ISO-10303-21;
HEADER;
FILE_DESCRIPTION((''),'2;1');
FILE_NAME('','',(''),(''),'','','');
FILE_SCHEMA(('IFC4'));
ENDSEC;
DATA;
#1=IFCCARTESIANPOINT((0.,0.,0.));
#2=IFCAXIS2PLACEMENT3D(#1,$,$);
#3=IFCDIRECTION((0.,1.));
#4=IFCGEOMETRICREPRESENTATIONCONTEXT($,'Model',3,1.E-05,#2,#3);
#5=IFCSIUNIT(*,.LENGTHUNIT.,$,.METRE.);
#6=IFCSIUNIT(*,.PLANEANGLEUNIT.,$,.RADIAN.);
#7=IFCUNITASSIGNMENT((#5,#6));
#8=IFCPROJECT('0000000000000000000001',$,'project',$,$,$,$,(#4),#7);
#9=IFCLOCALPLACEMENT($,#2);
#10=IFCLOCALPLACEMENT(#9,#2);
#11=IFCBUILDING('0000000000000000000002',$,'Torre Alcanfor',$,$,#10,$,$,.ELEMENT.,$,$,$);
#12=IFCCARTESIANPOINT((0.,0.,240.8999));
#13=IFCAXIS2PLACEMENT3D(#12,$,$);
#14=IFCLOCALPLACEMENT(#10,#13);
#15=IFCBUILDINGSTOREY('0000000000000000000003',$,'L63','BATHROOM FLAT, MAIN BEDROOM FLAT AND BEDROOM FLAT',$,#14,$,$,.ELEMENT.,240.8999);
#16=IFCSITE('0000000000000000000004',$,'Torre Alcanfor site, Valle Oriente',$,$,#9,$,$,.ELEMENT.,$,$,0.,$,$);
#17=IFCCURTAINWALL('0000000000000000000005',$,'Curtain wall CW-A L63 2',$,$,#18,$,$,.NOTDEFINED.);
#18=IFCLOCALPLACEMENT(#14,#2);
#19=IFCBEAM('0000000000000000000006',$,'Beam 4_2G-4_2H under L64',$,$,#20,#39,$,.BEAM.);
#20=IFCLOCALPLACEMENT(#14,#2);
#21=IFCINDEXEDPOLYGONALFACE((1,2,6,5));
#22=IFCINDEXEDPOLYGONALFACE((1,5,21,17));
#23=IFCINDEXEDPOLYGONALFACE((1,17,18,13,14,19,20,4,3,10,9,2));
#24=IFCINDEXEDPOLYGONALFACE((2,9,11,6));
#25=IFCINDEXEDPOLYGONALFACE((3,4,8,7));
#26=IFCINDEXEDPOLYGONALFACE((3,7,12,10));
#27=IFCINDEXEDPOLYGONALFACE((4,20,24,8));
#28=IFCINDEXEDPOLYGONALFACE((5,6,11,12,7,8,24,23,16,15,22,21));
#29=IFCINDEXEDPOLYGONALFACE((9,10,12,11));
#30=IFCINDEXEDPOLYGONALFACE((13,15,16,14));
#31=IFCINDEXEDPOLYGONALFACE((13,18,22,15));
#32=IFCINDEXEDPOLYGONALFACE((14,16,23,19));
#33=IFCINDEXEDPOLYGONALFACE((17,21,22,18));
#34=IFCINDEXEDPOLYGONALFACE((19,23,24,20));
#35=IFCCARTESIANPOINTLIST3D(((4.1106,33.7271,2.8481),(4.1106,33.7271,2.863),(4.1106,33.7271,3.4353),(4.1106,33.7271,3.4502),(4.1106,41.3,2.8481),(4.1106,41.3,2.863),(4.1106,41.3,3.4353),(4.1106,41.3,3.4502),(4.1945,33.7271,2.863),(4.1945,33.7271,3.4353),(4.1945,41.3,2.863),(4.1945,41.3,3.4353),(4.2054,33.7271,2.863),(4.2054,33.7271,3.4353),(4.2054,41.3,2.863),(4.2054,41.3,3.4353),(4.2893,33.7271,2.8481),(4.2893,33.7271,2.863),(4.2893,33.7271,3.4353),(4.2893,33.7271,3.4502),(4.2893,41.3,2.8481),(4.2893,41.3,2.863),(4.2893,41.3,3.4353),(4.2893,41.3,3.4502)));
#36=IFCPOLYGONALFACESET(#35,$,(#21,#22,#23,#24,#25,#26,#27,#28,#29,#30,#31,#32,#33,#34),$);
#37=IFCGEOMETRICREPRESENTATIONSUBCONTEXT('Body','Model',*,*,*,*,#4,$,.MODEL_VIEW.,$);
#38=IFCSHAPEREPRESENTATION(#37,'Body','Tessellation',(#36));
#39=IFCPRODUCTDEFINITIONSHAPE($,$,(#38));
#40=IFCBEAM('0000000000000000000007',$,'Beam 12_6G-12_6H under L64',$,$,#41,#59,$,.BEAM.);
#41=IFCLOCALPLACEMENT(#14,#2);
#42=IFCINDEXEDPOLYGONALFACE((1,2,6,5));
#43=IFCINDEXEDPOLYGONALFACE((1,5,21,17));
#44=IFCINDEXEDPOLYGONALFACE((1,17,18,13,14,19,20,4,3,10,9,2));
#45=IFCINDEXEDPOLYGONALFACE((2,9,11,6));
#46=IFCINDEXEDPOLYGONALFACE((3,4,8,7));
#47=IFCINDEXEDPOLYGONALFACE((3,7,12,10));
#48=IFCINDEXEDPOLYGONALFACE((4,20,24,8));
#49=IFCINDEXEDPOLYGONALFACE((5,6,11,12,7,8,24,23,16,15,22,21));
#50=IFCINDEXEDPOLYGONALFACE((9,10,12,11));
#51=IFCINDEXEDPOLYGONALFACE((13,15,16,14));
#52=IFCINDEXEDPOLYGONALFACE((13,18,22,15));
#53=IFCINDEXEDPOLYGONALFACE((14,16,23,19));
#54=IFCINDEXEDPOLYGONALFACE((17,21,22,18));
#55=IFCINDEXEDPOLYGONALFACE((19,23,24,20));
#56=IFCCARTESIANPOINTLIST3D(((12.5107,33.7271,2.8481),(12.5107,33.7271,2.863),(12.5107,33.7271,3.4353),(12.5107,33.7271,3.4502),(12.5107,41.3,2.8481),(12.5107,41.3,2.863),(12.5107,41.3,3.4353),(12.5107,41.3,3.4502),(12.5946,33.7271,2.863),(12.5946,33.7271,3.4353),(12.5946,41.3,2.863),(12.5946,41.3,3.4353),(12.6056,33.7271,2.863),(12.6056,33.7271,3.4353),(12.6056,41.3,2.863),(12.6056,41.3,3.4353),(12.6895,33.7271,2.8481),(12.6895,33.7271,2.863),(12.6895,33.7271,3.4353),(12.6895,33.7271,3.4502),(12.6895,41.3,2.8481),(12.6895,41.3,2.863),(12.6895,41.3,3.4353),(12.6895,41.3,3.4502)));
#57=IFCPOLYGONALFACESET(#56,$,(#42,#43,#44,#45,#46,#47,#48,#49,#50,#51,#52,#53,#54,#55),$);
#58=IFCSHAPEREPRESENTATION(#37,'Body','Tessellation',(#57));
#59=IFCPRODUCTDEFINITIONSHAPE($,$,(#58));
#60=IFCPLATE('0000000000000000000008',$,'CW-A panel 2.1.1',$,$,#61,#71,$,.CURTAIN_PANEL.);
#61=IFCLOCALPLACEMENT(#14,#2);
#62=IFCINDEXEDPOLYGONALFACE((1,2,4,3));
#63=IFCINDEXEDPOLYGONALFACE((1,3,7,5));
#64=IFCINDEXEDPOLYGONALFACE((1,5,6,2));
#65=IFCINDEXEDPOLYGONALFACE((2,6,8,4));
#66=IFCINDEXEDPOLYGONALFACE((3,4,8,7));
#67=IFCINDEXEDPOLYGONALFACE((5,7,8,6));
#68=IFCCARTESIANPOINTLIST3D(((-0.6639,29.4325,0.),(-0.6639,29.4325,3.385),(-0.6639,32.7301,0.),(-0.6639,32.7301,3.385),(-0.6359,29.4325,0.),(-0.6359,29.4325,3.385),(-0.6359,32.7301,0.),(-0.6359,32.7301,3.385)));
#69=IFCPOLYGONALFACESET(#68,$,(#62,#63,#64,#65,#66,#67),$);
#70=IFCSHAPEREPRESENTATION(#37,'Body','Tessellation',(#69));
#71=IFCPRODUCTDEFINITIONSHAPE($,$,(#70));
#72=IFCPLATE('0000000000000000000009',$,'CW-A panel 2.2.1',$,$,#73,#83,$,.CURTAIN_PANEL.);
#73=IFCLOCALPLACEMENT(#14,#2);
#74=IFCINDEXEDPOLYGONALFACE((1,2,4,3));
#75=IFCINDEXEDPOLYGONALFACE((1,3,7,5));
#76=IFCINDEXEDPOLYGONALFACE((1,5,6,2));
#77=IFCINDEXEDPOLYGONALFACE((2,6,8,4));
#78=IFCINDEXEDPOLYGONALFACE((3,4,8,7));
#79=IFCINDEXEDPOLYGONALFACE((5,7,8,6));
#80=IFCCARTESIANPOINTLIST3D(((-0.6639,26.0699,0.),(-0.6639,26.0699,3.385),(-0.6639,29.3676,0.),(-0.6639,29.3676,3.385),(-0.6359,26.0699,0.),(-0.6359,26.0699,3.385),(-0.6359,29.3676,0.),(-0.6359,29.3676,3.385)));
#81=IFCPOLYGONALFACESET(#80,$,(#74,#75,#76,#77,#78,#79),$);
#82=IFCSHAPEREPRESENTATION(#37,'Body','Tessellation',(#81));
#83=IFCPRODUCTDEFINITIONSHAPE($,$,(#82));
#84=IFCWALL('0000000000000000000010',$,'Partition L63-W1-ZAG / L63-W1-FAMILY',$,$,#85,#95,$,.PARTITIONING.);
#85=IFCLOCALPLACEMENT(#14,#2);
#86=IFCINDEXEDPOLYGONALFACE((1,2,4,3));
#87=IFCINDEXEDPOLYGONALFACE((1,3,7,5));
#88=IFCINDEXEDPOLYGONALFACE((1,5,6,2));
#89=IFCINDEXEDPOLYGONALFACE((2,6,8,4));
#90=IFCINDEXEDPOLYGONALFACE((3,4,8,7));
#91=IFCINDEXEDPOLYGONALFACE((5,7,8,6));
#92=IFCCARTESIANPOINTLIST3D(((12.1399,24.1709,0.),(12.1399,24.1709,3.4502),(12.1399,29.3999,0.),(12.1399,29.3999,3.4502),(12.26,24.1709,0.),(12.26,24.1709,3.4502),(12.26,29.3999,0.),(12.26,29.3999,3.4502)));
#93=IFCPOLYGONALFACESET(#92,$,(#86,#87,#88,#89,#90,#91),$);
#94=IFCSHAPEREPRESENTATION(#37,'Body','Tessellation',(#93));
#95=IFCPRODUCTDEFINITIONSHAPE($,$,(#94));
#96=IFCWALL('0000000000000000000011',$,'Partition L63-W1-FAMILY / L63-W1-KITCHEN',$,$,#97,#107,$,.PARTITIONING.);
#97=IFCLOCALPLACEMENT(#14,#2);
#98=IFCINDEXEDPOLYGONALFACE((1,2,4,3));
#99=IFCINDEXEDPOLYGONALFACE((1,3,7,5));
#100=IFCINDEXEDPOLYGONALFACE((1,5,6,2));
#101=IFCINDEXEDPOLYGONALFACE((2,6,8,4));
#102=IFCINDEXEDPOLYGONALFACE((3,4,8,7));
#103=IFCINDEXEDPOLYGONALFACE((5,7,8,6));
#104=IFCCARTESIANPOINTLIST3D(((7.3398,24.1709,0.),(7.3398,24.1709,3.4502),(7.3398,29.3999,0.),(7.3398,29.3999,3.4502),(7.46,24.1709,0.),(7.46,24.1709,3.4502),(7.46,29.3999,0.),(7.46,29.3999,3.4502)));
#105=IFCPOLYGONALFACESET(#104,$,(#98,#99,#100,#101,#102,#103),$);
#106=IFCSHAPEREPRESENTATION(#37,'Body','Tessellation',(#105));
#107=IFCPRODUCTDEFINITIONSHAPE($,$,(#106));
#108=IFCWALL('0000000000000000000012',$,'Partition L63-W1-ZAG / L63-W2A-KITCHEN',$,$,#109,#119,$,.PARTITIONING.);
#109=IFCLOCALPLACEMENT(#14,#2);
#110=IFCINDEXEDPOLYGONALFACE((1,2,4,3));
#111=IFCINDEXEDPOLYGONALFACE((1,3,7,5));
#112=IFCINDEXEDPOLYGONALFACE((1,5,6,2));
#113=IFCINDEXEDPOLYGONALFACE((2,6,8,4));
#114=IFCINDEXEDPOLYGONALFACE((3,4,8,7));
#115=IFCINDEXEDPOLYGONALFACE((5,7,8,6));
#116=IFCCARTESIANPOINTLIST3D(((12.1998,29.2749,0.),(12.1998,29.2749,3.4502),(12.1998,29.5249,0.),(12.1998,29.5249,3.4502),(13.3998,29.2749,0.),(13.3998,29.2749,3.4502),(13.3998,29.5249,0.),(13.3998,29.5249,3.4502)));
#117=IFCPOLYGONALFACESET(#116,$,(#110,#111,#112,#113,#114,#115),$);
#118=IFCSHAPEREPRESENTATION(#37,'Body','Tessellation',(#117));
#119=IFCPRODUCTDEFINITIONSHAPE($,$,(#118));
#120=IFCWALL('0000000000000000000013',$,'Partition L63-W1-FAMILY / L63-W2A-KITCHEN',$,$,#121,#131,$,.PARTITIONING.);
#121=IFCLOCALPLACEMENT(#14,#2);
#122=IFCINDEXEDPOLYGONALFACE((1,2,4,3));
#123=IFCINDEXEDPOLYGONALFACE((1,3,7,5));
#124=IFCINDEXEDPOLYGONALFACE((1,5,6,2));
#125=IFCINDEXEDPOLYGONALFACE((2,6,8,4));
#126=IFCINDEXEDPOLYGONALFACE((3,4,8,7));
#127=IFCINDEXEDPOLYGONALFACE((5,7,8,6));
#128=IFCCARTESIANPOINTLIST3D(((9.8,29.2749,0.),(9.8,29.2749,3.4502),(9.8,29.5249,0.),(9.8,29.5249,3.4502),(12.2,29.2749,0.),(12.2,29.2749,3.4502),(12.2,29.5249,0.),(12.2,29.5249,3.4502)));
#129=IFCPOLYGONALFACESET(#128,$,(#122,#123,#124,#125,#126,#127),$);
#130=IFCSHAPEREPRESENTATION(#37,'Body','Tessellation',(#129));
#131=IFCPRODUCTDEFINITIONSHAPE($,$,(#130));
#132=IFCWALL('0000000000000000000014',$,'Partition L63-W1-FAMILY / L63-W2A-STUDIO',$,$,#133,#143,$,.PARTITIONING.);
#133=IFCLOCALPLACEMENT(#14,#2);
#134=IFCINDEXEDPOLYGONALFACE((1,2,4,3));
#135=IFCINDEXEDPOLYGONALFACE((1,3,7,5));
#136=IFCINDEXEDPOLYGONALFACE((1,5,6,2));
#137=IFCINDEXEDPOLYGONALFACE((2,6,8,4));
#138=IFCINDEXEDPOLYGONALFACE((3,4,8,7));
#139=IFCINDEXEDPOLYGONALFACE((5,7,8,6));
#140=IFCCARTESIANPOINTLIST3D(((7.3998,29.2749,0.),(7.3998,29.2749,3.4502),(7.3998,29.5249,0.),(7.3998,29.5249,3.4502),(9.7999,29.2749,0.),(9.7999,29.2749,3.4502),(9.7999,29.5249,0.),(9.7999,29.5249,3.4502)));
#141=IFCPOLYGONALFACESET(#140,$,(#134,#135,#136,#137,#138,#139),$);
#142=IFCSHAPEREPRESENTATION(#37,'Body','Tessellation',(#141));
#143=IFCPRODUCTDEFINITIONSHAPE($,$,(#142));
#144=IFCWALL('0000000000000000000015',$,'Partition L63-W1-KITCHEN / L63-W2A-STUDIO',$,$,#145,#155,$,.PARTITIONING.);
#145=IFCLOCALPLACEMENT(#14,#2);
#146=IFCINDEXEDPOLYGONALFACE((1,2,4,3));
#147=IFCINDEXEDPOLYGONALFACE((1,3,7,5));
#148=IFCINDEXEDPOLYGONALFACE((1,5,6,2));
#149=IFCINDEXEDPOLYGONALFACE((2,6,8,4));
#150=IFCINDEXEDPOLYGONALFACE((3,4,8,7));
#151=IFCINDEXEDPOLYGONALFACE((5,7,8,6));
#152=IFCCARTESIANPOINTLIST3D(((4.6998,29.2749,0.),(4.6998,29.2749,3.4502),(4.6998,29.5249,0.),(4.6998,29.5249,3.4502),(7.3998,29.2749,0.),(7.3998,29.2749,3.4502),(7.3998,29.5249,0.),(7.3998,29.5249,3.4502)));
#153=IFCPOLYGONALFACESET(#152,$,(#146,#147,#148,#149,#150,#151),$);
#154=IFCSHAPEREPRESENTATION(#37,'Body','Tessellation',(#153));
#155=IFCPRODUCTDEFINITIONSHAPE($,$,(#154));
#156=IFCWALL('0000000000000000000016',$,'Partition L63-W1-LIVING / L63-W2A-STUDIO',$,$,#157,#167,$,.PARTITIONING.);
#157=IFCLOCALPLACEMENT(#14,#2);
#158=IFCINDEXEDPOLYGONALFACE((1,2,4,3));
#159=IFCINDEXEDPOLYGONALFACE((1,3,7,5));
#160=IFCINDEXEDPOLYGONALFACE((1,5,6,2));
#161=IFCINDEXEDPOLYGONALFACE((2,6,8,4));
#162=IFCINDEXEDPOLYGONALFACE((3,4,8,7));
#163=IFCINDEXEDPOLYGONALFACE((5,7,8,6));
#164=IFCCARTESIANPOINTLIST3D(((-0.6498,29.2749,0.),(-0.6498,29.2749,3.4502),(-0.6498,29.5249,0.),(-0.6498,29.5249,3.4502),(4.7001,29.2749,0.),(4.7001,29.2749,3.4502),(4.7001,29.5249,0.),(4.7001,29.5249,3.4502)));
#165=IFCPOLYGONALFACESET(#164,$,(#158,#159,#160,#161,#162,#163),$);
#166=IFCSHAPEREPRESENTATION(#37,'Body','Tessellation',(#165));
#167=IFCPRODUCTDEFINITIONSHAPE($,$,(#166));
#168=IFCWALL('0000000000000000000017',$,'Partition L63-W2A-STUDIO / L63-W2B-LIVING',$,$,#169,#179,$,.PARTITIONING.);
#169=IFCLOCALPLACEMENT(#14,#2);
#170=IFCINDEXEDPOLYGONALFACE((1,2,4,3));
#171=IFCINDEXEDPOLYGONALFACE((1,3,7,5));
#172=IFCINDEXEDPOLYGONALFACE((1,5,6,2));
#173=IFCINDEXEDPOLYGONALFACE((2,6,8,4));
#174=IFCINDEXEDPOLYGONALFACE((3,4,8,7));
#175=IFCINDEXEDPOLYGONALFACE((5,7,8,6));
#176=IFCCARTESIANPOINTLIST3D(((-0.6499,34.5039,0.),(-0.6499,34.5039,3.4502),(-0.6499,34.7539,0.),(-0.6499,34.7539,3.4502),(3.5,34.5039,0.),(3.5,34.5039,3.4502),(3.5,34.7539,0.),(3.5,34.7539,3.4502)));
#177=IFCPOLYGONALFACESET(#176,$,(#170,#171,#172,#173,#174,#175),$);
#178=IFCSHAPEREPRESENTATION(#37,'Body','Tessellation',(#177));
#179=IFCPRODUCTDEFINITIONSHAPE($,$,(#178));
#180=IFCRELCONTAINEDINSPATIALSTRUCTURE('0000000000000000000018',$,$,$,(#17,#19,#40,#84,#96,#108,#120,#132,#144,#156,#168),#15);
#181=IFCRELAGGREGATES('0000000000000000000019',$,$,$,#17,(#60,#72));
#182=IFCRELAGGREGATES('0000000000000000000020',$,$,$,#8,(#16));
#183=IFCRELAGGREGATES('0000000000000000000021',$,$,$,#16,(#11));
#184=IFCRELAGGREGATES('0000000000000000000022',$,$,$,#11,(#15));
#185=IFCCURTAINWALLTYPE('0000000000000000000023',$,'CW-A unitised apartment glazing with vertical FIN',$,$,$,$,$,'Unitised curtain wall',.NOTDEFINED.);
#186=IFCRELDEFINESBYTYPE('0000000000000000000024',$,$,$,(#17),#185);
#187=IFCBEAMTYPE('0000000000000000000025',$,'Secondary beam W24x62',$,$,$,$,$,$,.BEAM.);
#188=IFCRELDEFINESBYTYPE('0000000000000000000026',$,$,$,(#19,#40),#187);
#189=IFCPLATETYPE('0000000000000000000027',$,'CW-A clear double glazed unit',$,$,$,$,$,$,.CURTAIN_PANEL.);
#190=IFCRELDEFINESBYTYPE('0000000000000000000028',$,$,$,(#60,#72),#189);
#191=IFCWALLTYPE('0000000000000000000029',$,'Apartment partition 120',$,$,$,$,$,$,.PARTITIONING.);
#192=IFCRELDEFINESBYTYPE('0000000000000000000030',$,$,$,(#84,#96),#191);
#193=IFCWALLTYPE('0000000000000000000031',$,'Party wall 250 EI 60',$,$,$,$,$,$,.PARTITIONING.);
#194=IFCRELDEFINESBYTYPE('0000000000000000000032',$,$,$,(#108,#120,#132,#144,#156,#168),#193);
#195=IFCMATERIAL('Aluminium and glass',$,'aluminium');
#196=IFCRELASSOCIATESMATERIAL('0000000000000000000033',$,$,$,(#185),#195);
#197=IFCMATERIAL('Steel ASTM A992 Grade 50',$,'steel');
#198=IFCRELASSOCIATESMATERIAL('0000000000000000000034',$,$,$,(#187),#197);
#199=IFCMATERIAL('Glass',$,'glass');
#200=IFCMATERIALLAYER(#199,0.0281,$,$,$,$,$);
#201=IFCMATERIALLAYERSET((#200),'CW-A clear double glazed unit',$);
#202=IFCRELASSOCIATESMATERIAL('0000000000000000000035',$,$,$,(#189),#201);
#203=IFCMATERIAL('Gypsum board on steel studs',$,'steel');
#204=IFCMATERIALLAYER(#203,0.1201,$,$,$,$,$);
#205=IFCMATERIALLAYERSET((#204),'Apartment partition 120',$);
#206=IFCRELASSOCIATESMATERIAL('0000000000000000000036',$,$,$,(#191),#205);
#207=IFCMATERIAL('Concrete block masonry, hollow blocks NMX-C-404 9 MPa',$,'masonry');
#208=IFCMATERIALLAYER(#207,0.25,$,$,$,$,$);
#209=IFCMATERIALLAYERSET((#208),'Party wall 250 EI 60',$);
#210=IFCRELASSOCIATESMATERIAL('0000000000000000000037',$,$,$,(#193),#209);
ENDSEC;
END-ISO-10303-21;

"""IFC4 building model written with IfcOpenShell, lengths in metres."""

from ifc_helpers import new_model, si_unit, direction, frame, frame_2d, origin, origin_2d, place, context, subcontext, project, spatial, rectangle, i_section, extrude, material, layer, layer_set, material_profile, profile_set, type_object, element, aggregate, save


model = new_model("IFC4")

# Units and contexts
model_context = context("Model", 3, precision=1e-05, world=origin(), true_north=direction((0.0, 1.0)))
body_context = subcontext(model_context, "Body", "Model", "MODEL_VIEW")
ifc_project = project(units=[si_unit("LENGTHUNIT", "METRE"), si_unit("PLANEANGLEUNIT", "RADIAN")], contexts=[model_context])

# Site, building, storey
site_placement = place(None, origin())
site = spatial("IfcSite", under=ifc_project, at=site_placement, Name="Torre Alcanfor site, Valle Oriente", CompositionType="ELEMENT", RefElevation=0.0)
building_placement = place(site_placement, origin())
building = spatial("IfcBuilding", under=site, at=building_placement, Name="Torre Alcanfor", CompositionType="ELEMENT")
storey_placement = place(building_placement, frame((0.0, 0.0, 240.8999)))
storey = spatial("IfcBuildingStorey", under=building, at=storey_placement, Name="L63", Description="BATHROOM FLAT, MAIN BEDROOM FLAT AND BEDROOM FLAT", CompositionType="ELEMENT", Elevation=240.8999)

# Curtain wall
ifc_material_1 = material(Name="Aluminium and glass", Category="aluminium")
curtain_wall_type = type_object("IfcCurtainWallType", Name="CW-A unitised apartment glazing with vertical FIN", ElementType="Unitised curtain wall", PredefinedType="NOTDEFINED", material=ifc_material_1)
curtain_wall_placement = place(storey_placement, origin())
curtain_wall = element("IfcCurtainWall", 1, at=curtain_wall_placement, inside=storey, type_object=curtain_wall_type, Name="Curtain wall CW-A L63 2", PredefinedType="NOTDEFINED")

# Beams
ifc_material_2 = material(Name="Steel ASTM A992 Grade 50", Category="steel")
ifc_material_profile_1 = material_profile(ifc_material_2, i_section(OverallWidth=0.1787, OverallDepth=0.6021, WebThickness=0.011, FlangeThickness=0.0149, at=origin_2d()), Name="W24x62")
ifc_profile_set_1 = profile_set([ifc_material_profile_1], Name="Steel ASTM A992 Grade 50")
beam_type_1 = type_object("IfcBeamType", Name="Secondary beam W24x62", PredefinedType="BEAM", material=ifc_profile_set_1)
for number, where, z_axis, x_axis, name in (
    (2, (4.2, 33.7271, 3.1492), (0.0, 1.0, 0.0), (-1.0, 0.0, 0.0), "Beam 4_2G-4_2H under L64"),
    (3, (12.6001, 33.7271, 3.1492), (0.0, 1.0, 0.0), (-1.0, 0.0, 0.0), "Beam 12_6G-12_6H under L64"),
):
    element("IfcBeam", number, at=place(storey_placement, frame(where, z_axis=z_axis, x_axis=x_axis)), inside=storey, type_object=beam_type_1, Name=name, PredefinedType="BEAM", context=body_context, shape_type="SweptSolid", body=[
        extrude(i_section(OverallWidth=0.1787, OverallDepth=0.6021, WebThickness=0.011, FlangeThickness=0.0149, at=origin_2d()), origin(), (0.0, 0.0, 1.0), 7.573),
    ])

# Plates
ifc_material_3 = material(Name="Glass", Category="glass")
ifc_layer_1 = layer(ifc_material_3, 0.0281)
ifc_layer_set_1 = layer_set([ifc_layer_1], Name="CW-A clear double glazed unit")
plate_type = type_object("IfcPlateType", Name="CW-A clear double glazed unit", PredefinedType="CURTAIN_PANEL", material=ifc_layer_set_1)
plate_1_placement = place(storey_placement, frame((-0.6499, 31.0813, 0.0), z_axis=(0.0, 0.0, 1.0), x_axis=(0.0, -1.0, 0.0)))
plate_1 = element("IfcPlate", 4, at=plate_1_placement, type_object=plate_type, Name="CW-A panel 2.1.1", PredefinedType="CURTAIN_PANEL", context=body_context, shape_type="SweptSolid", body=[
    extrude(rectangle(XDim=3.2976, YDim=0.0281, at=origin_2d()), origin(), (0.0, 0.0, 1.0), 3.385),
])
plate_2_placement = place(storey_placement, frame((-0.6499, 27.7188, 0.0), z_axis=(0.0, 0.0, 1.0), x_axis=(0.0, -1.0, 0.0)))
plate_2 = element("IfcPlate", 5, at=plate_2_placement, type_object=plate_type, Name="CW-A panel 2.2.1", PredefinedType="CURTAIN_PANEL", context=body_context, shape_type="SweptSolid", body=[
    extrude(rectangle(XDim=3.2976, YDim=0.0281, at=origin_2d()), origin(), (0.0, 0.0, 1.0), 3.385),
])
aggregate(curtain_wall, [plate_1, plate_2])

# Walls
ifc_material_4 = material(Name="Gypsum board on steel studs", Category="steel")
ifc_layer_2 = layer(ifc_material_4, 0.1201)
ifc_layer_set_2 = layer_set([ifc_layer_2], Name="Apartment partition 120")
wall_type_1 = type_object("IfcWallType", Name="Apartment partition 120", PredefinedType="PARTITIONING", material=ifc_layer_set_2)
for number, where, z_axis, x_axis, name in (
    (6, (12.2, 29.3999, 0.0), (0.0, 0.0, 1.0), (0.0, -1.0, 0.0), "Partition L63-W1-ZAG / L63-W1-FAMILY"),
    (7, (7.3999, 29.3999, 0.0), (0.0, 0.0, 1.0), (0.0, -1.0, 0.0), "Partition L63-W1-FAMILY / L63-W1-KITCHEN"),
):
    element("IfcWall", number, at=place(storey_placement, frame(where, z_axis=z_axis, x_axis=x_axis)), inside=storey, type_object=wall_type_1, Name=name, PredefinedType="PARTITIONING", context=body_context, shape_type="SweptSolid", body=[
        extrude(rectangle(XDim=5.229, YDim=0.1201, at=frame_2d((2.6145, 0.0))), origin(), (0.0, 0.0, 1.0), 3.4502),
    ])
ifc_material_5 = material(Name="Concrete block masonry, hollow blocks NMX-C-404 9 MPa", Category="masonry")
ifc_layer_3 = layer(ifc_material_5, 0.25)
ifc_layer_set_3 = layer_set([ifc_layer_3], Name="Party wall 250 EI 60")
wall_type_2 = type_object("IfcWallType", Name="Party wall 250 EI 60", PredefinedType="PARTITIONING", material=ifc_layer_set_3)
wall_1_placement = place(storey_placement, frame((13.3999, 29.3999, 0.0), z_axis=(0.0, 0.0, 1.0), x_axis=(-1.0, 0.0, 0.0)))
element("IfcWall", 8, at=wall_1_placement, inside=storey, type_object=wall_type_2, Name="Partition L63-W1-ZAG / L63-W2A-KITCHEN", PredefinedType="PARTITIONING", context=body_context, shape_type="SweptSolid", body=[
    extrude(rectangle(XDim=1.2, YDim=0.25, at=frame_2d((0.6001, 0.0))), origin(), (0.0, 0.0, 1.0), 3.4502),
])
wall_2_placement = place(storey_placement, frame((12.2, 29.3999, 0.0), z_axis=(0.0, 0.0, 1.0), x_axis=(-1.0, 0.0, 0.0)))
element("IfcWall", 9, at=wall_2_placement, inside=storey, type_object=wall_type_2, Name="Partition L63-W1-FAMILY / L63-W2A-KITCHEN", PredefinedType="PARTITIONING", context=body_context, shape_type="SweptSolid", body=[
    extrude(rectangle(XDim=2.3999, YDim=0.25, at=frame_2d((1.2, 0.0))), origin(), (0.0, 0.0, 1.0), 3.4502),
])
wall_3_placement = place(storey_placement, frame((9.8, 29.3999, 0.0), z_axis=(0.0, 0.0, 1.0), x_axis=(-1.0, 0.0, 0.0)))
element("IfcWall", 10, at=wall_3_placement, inside=storey, type_object=wall_type_2, Name="Partition L63-W1-FAMILY / L63-W2A-STUDIO", PredefinedType="PARTITIONING", context=body_context, shape_type="SweptSolid", body=[
    extrude(rectangle(XDim=2.4001, YDim=0.25, at=frame_2d((1.2002, 0.0))), origin(), (0.0, 0.0, 1.0), 3.4502),
])
wall_4_placement = place(storey_placement, frame((7.3999, 29.3999, 0.0), z_axis=(0.0, 0.0, 1.0), x_axis=(-1.0, 0.0, 0.0)))
element("IfcWall", 11, at=wall_4_placement, inside=storey, type_object=wall_type_2, Name="Partition L63-W1-KITCHEN / L63-W2A-STUDIO", PredefinedType="PARTITIONING", context=body_context, shape_type="SweptSolid", body=[
    extrude(rectangle(XDim=2.7, YDim=0.25, at=frame_2d((1.3501, 0.0))), origin(), (0.0, 0.0, 1.0), 3.4502),
])
wall_5_placement = place(storey_placement, frame((4.7, 29.3999, 0.0), z_axis=(0.0, 0.0, 1.0), x_axis=(-1.0, 0.0, 0.0)))
element("IfcWall", 12, at=wall_5_placement, inside=storey, type_object=wall_type_2, Name="Partition L63-W1-LIVING / L63-W2A-STUDIO", PredefinedType="PARTITIONING", context=body_context, shape_type="SweptSolid", body=[
    extrude(rectangle(XDim=5.3499, YDim=0.25, at=frame_2d((2.6748, 0.0))), origin(), (0.0, 0.0, 1.0), 3.4502),
])
wall_6_placement = place(storey_placement, frame((-0.6499, 34.6289, 0.0), z_axis=(0.0, 0.0, 1.0), x_axis=(1.0, 0.0, 0.0)))
element("IfcWall", 13, at=wall_6_placement, inside=storey, type_object=wall_type_2, Name="Partition L63-W2A-STUDIO / L63-W2B-LIVING", PredefinedType="PARTITIONING", context=body_context, shape_type="SweptSolid", body=[
    extrude(rectangle(XDim=4.1499, YDim=0.25, at=frame_2d((2.075, 0.0))), origin(), (0.0, 0.0, 1.0), 3.4502),
])

save(model, "model.ifc")
